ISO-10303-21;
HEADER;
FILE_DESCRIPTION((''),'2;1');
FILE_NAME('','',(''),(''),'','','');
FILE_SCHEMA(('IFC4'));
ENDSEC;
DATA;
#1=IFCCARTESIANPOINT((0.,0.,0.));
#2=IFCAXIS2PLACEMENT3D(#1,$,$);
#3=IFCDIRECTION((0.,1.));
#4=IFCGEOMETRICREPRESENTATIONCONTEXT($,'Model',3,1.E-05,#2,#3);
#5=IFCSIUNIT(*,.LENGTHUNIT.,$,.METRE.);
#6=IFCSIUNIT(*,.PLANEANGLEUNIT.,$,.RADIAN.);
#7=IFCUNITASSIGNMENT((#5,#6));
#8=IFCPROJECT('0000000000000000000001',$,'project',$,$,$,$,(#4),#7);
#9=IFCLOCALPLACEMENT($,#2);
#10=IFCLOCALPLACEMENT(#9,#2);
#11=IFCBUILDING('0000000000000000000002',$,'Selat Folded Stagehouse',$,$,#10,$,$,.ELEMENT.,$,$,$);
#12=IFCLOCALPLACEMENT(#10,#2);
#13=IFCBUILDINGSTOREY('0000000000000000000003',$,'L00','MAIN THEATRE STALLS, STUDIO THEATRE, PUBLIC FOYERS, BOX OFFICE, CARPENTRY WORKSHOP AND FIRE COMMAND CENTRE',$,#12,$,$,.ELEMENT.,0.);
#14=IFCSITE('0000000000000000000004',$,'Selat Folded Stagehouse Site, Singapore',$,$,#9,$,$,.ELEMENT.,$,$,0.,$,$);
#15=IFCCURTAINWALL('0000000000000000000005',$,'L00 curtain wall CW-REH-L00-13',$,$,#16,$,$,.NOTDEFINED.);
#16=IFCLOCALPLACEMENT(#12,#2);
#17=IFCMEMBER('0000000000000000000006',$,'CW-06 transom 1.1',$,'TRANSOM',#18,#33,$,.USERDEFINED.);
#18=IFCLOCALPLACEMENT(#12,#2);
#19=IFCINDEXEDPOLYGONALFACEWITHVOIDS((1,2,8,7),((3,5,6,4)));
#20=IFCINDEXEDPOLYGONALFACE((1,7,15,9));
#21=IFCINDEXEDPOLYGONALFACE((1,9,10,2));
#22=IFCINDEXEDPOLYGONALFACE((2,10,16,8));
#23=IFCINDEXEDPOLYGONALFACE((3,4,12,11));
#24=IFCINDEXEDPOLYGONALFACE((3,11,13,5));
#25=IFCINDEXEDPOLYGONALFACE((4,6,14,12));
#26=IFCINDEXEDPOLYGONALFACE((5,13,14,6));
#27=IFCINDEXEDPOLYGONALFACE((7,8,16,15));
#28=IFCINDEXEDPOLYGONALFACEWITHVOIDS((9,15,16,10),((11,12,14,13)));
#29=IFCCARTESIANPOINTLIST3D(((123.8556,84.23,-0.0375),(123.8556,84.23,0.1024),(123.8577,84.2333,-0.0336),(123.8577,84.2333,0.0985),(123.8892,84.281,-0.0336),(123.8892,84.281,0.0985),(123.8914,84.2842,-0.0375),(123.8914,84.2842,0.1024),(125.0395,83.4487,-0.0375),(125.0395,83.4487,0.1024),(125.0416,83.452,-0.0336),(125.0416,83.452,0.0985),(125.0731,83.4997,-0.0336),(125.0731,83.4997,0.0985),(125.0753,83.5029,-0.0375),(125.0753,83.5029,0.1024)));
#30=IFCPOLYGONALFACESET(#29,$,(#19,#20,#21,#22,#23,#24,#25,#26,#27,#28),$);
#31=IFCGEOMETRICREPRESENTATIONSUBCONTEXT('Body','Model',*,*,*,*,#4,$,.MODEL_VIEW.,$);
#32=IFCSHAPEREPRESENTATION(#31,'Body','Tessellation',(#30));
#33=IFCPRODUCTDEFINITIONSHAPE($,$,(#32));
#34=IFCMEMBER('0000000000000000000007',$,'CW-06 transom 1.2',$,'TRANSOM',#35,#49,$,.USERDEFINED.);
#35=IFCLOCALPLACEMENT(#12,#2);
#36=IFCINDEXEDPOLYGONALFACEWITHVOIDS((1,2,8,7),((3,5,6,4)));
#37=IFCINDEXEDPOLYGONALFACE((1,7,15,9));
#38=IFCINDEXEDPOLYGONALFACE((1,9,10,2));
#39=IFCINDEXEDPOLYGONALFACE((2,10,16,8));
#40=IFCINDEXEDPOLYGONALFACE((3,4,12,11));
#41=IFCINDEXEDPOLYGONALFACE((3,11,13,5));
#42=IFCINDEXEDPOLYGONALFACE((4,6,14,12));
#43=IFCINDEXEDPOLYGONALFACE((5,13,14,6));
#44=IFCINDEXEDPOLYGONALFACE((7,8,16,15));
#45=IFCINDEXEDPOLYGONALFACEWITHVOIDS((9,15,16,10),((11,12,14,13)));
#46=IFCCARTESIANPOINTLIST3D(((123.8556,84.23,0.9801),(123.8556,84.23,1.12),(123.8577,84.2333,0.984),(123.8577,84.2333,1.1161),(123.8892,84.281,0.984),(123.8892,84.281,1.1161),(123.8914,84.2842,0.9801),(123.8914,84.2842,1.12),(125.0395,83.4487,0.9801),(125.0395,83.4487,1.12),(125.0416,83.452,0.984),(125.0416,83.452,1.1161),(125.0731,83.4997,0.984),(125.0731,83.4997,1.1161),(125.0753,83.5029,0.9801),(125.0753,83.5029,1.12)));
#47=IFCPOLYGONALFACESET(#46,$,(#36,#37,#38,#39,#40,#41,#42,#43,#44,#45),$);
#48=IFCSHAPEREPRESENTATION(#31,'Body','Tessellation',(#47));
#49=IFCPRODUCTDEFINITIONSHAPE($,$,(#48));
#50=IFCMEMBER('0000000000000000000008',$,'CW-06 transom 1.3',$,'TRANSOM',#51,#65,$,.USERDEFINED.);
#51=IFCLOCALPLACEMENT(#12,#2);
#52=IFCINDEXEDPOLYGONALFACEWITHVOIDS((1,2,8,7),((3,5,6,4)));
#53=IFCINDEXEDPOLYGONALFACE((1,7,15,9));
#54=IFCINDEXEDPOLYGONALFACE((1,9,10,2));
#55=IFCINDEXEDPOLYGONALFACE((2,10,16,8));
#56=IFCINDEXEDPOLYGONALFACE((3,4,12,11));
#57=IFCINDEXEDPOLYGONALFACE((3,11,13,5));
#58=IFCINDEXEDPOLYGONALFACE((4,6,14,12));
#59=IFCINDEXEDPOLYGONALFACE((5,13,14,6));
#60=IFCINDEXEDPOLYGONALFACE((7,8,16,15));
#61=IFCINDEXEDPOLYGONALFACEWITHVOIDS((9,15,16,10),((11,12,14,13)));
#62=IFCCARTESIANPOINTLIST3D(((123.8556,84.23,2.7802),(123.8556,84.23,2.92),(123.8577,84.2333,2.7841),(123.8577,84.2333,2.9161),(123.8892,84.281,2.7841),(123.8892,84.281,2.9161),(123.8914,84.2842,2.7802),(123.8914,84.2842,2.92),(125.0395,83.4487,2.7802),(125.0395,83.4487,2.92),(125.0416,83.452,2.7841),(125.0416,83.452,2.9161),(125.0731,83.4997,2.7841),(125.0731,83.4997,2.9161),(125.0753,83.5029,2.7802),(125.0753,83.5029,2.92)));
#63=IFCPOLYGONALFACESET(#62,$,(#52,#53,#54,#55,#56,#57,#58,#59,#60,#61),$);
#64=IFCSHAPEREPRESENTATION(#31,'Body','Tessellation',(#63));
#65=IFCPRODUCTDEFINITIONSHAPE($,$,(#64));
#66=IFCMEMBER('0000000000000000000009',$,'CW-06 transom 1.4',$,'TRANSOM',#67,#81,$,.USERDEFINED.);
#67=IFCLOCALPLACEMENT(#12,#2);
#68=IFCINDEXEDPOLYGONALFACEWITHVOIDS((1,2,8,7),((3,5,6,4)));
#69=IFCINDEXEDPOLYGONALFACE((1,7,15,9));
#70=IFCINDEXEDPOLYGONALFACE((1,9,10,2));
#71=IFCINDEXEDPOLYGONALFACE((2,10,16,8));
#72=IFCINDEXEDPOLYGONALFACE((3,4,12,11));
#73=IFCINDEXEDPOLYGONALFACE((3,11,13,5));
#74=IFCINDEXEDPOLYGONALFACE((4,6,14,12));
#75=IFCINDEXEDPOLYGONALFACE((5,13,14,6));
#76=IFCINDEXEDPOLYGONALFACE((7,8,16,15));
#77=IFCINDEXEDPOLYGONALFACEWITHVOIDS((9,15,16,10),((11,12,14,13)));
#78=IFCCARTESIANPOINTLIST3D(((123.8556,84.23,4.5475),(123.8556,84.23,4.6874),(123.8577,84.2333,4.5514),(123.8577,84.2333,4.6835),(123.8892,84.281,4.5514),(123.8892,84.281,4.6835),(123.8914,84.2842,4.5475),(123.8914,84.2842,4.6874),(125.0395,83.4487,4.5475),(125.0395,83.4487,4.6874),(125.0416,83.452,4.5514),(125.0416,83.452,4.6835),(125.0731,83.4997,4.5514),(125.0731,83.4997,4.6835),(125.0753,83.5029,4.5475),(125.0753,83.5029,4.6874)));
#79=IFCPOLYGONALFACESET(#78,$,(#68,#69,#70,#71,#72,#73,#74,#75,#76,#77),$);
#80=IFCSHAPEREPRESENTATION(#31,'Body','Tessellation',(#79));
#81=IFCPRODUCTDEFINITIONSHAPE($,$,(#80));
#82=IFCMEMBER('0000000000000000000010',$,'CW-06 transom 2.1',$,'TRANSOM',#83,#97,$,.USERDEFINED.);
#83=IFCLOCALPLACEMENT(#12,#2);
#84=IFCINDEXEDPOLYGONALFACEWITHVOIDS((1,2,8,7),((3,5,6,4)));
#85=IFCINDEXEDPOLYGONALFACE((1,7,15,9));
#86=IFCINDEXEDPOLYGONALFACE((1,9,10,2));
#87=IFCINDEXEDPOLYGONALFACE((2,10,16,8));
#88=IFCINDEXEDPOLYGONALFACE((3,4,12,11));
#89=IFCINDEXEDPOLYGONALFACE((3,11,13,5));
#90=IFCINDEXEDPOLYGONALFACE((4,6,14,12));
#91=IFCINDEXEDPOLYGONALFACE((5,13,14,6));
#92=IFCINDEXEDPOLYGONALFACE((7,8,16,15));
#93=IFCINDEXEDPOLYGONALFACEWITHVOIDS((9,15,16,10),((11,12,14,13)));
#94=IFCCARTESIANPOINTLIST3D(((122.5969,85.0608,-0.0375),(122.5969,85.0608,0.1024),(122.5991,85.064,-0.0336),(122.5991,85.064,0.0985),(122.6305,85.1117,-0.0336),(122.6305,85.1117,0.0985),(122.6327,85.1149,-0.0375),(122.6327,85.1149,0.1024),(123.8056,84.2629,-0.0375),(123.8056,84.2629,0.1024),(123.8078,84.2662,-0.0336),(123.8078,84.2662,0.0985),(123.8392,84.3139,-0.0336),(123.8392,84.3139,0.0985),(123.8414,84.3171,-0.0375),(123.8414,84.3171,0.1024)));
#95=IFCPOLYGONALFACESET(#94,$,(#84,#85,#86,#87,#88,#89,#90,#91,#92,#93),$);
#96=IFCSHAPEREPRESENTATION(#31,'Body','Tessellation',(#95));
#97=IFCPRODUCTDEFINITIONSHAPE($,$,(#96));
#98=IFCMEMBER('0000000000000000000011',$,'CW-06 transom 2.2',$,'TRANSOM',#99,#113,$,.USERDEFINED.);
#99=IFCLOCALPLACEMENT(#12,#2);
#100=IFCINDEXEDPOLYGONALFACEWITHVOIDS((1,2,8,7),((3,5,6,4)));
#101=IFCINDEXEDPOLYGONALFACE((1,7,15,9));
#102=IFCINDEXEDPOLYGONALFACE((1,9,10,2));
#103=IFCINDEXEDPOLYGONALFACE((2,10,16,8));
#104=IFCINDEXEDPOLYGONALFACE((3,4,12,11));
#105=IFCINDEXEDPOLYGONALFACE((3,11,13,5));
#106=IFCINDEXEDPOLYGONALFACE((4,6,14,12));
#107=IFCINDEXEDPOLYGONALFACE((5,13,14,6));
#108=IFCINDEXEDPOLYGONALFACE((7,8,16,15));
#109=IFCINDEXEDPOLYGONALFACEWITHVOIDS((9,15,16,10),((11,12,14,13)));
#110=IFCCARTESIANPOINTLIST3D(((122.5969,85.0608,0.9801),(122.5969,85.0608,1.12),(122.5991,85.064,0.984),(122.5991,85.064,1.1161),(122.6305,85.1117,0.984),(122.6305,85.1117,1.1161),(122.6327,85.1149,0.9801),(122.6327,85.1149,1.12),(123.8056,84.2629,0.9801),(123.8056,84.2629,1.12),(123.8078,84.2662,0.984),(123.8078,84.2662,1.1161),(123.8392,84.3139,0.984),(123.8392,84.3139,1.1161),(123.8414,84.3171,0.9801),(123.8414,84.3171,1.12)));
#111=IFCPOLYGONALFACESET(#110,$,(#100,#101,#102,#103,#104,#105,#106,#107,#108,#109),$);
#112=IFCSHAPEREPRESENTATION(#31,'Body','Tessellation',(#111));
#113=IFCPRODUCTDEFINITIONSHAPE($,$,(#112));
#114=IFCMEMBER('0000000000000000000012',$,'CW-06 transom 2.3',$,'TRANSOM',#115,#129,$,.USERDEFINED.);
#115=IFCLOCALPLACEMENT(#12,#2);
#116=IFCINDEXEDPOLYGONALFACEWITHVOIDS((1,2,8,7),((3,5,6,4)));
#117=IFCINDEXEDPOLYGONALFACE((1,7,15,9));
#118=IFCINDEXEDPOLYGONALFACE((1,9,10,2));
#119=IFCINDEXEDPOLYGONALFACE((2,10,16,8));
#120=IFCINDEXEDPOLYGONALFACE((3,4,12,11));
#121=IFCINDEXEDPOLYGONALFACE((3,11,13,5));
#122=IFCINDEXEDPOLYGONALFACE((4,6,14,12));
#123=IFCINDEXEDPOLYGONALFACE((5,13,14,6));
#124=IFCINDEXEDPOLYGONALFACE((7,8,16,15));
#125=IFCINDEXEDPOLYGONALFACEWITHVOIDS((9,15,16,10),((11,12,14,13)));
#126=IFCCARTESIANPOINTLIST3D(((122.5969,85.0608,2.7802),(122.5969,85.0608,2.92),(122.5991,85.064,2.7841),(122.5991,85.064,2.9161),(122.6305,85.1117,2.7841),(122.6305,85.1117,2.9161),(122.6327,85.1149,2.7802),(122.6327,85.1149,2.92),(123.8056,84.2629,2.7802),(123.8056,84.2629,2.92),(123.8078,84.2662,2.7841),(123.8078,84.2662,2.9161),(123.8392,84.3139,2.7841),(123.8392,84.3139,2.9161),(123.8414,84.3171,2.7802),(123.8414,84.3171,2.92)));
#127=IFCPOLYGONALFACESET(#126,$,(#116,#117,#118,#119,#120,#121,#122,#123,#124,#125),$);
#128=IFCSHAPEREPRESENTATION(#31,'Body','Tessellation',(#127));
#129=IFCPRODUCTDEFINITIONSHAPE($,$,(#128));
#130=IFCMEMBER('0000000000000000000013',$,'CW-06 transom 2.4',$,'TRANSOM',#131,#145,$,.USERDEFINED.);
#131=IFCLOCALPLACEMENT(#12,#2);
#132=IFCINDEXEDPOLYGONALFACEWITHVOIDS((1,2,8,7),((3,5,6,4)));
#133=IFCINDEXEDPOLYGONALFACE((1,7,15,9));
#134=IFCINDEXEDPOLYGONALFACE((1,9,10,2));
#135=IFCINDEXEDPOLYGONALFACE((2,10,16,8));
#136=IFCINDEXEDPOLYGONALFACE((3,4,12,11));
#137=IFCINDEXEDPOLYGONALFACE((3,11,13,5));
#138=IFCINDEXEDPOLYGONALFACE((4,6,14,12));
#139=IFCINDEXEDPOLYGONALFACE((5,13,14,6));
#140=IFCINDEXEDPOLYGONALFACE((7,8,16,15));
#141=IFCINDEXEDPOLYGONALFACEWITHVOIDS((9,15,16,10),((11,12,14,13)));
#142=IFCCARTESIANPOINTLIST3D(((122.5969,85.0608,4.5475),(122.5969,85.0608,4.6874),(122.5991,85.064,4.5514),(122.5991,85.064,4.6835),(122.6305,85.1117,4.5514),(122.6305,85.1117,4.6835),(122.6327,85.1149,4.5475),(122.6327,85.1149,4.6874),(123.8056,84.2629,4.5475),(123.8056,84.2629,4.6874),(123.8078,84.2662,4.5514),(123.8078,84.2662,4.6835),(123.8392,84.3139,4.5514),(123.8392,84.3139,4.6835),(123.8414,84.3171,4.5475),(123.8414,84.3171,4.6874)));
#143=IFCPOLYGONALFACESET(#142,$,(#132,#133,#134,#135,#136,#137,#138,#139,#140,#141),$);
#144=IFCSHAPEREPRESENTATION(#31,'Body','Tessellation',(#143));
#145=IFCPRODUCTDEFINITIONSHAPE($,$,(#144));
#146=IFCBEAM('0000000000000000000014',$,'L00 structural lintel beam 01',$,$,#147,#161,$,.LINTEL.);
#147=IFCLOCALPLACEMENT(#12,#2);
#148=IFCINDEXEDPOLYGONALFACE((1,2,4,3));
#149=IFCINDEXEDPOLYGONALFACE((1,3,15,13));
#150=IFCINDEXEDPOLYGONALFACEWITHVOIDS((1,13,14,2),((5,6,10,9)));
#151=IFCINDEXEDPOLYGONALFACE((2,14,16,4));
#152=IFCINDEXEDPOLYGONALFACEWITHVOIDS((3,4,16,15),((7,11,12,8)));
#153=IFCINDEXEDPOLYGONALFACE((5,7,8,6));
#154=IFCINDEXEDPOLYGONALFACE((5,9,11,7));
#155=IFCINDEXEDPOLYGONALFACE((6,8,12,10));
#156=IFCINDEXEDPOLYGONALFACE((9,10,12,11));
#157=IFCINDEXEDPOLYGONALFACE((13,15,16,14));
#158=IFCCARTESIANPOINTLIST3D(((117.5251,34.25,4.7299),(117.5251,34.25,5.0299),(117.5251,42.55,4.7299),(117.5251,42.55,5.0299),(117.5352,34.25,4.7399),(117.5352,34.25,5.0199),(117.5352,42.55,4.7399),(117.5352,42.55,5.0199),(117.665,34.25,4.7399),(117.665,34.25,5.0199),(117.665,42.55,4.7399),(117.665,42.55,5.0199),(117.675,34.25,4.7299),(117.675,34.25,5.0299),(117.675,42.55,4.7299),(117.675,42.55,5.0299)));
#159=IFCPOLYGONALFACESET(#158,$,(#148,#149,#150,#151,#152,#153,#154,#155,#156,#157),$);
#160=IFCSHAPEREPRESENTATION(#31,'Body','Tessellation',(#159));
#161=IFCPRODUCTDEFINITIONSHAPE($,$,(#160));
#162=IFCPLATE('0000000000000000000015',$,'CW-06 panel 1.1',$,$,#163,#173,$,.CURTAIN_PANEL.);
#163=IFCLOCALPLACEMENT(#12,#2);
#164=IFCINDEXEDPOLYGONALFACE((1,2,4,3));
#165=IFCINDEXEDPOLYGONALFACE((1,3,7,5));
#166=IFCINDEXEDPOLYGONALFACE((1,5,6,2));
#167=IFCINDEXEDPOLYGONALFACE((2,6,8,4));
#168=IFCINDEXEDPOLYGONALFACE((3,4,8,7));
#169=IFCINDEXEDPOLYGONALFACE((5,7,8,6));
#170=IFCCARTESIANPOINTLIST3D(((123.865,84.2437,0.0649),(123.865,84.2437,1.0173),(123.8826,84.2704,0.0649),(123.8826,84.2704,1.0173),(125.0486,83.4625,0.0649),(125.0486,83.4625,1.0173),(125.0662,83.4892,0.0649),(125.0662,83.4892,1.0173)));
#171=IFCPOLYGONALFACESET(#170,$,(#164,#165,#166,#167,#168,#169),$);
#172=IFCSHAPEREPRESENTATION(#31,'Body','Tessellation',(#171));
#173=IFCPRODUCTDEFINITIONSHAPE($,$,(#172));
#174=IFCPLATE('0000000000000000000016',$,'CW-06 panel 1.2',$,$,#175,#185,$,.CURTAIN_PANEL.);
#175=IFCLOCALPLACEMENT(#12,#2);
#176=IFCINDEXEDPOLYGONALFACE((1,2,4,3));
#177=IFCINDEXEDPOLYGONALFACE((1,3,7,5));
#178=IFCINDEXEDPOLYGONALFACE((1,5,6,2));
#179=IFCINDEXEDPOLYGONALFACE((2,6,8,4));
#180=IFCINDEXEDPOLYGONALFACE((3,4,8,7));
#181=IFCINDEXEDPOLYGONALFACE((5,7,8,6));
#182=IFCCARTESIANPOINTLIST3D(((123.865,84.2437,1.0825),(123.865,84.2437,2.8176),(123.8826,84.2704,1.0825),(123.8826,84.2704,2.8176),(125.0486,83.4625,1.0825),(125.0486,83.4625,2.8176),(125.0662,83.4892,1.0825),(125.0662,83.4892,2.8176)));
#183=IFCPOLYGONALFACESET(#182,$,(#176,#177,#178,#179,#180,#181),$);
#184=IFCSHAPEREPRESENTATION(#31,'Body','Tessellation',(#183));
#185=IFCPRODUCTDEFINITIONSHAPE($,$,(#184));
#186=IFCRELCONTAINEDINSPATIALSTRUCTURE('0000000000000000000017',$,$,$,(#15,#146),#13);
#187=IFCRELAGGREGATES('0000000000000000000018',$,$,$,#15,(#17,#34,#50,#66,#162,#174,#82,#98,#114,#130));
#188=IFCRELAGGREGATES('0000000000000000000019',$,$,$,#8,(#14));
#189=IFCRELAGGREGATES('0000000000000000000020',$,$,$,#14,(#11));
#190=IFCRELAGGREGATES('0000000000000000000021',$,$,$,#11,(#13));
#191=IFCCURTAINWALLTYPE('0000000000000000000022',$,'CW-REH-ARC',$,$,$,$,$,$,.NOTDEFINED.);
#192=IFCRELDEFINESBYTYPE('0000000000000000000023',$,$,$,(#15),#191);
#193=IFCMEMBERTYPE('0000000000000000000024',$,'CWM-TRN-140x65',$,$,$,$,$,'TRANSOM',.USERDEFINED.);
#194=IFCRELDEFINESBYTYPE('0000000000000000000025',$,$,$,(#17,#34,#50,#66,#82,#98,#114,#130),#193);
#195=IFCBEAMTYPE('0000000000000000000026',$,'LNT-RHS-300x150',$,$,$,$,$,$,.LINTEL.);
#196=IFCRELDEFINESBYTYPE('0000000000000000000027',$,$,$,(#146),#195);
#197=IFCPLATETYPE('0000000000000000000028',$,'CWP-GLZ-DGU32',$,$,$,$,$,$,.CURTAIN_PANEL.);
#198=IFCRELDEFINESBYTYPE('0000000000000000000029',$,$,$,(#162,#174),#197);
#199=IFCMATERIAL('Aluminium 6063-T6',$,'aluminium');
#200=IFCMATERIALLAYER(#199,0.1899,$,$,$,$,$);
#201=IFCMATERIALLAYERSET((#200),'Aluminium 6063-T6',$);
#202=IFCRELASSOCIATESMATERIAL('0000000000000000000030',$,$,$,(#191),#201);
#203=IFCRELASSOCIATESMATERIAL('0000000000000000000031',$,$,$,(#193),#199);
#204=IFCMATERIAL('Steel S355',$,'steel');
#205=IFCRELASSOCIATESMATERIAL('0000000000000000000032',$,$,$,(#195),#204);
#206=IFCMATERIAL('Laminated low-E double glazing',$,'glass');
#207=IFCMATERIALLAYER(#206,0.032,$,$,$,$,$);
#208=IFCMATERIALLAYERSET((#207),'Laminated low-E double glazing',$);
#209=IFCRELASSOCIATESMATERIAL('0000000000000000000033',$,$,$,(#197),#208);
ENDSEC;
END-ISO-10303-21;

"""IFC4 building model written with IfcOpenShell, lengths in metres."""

from ifc_helpers import new_model, si_unit, direction, frame, origin, origin_2d, place, context, subcontext, project, spatial, rectangle, hollow_rectangle, extrude, material, layer, layer_set, material_profile, profile_set, type_object, element, aggregate, save


model = new_model("IFC4")

# Units and contexts
model_context = context("Model", 3, precision=1e-05, world=origin(), true_north=direction((0.0, 1.0)))
body_context = subcontext(model_context, "Body", "Model", "MODEL_VIEW")
ifc_project = project(units=[si_unit("LENGTHUNIT", "METRE"), si_unit("PLANEANGLEUNIT", "RADIAN")], contexts=[model_context])

# Site, building, storey
site_placement = place(None, origin())
site = spatial("IfcSite", under=ifc_project, at=site_placement, Name="Selat Folded Stagehouse Site, Singapore", CompositionType="ELEMENT", RefElevation=0.0)
building_placement = place(site_placement, origin())
building = spatial("IfcBuilding", under=site, at=building_placement, Name="Selat Folded Stagehouse", CompositionType="ELEMENT")
storey_placement = place(building_placement, origin())
storey = spatial("IfcBuildingStorey", under=building, at=storey_placement, Name="L00", Description="MAIN THEATRE STALLS, STUDIO THEATRE, PUBLIC FOYERS, BOX OFFICE, CARPENTRY WORKSHOP AND FIRE COMMAND CENTRE", CompositionType="ELEMENT", Elevation=0.0)

# Shared definitions
ifc_material_1 = material(Name="Steel S355", Category="steel")

# Curtain wall, members
ifc_material_2 = material(Name="Aluminium 6063-T6", Category="aluminium")
ifc_layer_1 = layer(ifc_material_2, 0.1899)
ifc_layer_set_1 = layer_set([ifc_layer_1], Name="Aluminium 6063-T6")
curtain_wall_type = type_object("IfcCurtainWallType", Name="CW-REH-ARC", PredefinedType="NOTDEFINED", material=ifc_layer_set_1)
curtain_wall_placement = place(storey_placement, origin())
curtain_wall = element("IfcCurtainWall", 1, at=curtain_wall_placement, inside=storey, type_object=curtain_wall_type, Name="L00 curtain wall CW-REH-L00-13", PredefinedType="NOTDEFINED")
ifc_material_profile_1 = material_profile(ifc_material_2, hollow_rectangle(XDim=0.0649, YDim=0.1399, WallThickness=0.0039, at=origin_2d()), Name="ALU 140x65x4.0")
ifc_profile_set_1 = profile_set([ifc_material_profile_1], Name="Aluminium 6063-T6")
member_type_1 = type_object("IfcMemberType", Name="CWM-TRN-140x65", ElementType="TRANSOM", PredefinedType="USERDEFINED", material=ifc_profile_set_1)
member_1_placement = place(storey_placement, frame((125.0574, 83.4758, 0.0325), z_axis=(-0.834636, 0.550801, 0.0), x_axis=(-0.550801, -0.834636, 0.0)))
member_1 = element("IfcMember", 2, at=member_1_placement, type_object=member_type_1, Name="CW-06 transom 1.1", ObjectType="TRANSOM", PredefinedType="USERDEFINED", context=body_context, shape_type="SweptSolid", body=[
    extrude(hollow_rectangle(XDim=0.0649, YDim=0.1399, WallThickness=0.0039, at=origin_2d()), origin(), (0.0, 0.0, 1.0), 1.4185),
])
member_2_placement = place(storey_placement, frame((125.0574, 83.4758, 1.05), z_axis=(-0.834636, 0.550801, 0.0), x_axis=(-0.550801, -0.834636, 0.0)))
member_2 = element("IfcMember", 3, at=member_2_placement, type_object=member_type_1, Name="CW-06 transom 1.2", ObjectType="TRANSOM", PredefinedType="USERDEFINED", context=body_context, shape_type="SweptSolid", body=[
    extrude(hollow_rectangle(XDim=0.0649, YDim=0.1399, WallThickness=0.0039, at=origin_2d()), origin(), (0.0, 0.0, 1.0), 1.4185),
])
member_3_placement = place(storey_placement, frame((125.0574, 83.4758, 2.8501), z_axis=(-0.834636, 0.550801, 0.0), x_axis=(-0.550801, -0.834636, 0.0)))
member_3 = element("IfcMember", 4, at=member_3_placement, type_object=member_type_1, Name="CW-06 transom 1.3", ObjectType="TRANSOM", PredefinedType="USERDEFINED", context=body_context, shape_type="SweptSolid", body=[
    extrude(hollow_rectangle(XDim=0.0649, YDim=0.1399, WallThickness=0.0039, at=origin_2d()), origin(), (0.0, 0.0, 1.0), 1.4185),
])
member_4_placement = place(storey_placement, frame((125.0574, 83.4758, 4.6174), z_axis=(-0.834636, 0.550801, 0.0), x_axis=(-0.550801, -0.834636, 0.0)))
member_4 = element("IfcMember", 5, at=member_4_placement, type_object=member_type_1, Name="CW-06 transom 1.4", ObjectType="TRANSOM", PredefinedType="USERDEFINED", context=body_context, shape_type="SweptSolid", body=[
    extrude(hollow_rectangle(XDim=0.0649, YDim=0.1399, WallThickness=0.0039, at=origin_2d()), origin(), (0.0, 0.0, 1.0), 1.4185),
])
member_5_placement = place(storey_placement, frame((123.8235, 84.29, 0.0325), z_axis=(-0.834583, 0.550882, 0.0), x_axis=(-0.550882, -0.834583, 0.0)))
member_5 = element("IfcMember", 6, at=member_5_placement, type_object=member_type_1, Name="CW-06 transom 2.1", ObjectType="TRANSOM", PredefinedType="USERDEFINED", context=body_context, shape_type="SweptSolid", body=[
    extrude(hollow_rectangle(XDim=0.0649, YDim=0.1399, WallThickness=0.0039, at=origin_2d()), origin(), (0.0, 0.0, 1.0), 1.4482),
])
member_6_placement = place(storey_placement, frame((123.8235, 84.29, 1.05), z_axis=(-0.834583, 0.550882, 0.0), x_axis=(-0.550882, -0.834583, 0.0)))
member_6 = element("IfcMember", 7, at=member_6_placement, type_object=member_type_1, Name="CW-06 transom 2.2", ObjectType="TRANSOM", PredefinedType="USERDEFINED", context=body_context, shape_type="SweptSolid", body=[
    extrude(hollow_rectangle(XDim=0.0649, YDim=0.1399, WallThickness=0.0039, at=origin_2d()), origin(), (0.0, 0.0, 1.0), 1.4482),
])
member_7_placement = place(storey_placement, frame((123.8235, 84.29, 2.8501), z_axis=(-0.834583, 0.550882, 0.0), x_axis=(-0.550882, -0.834583, 0.0)))
member_7 = element("IfcMember", 8, at=member_7_placement, type_object=member_type_1, Name="CW-06 transom 2.3", ObjectType="TRANSOM", PredefinedType="USERDEFINED", context=body_context, shape_type="SweptSolid", body=[
    extrude(hollow_rectangle(XDim=0.0649, YDim=0.1399, WallThickness=0.0039, at=origin_2d()), origin(), (0.0, 0.0, 1.0), 1.4482),
])
member_8_placement = place(storey_placement, frame((123.8235, 84.29, 4.6174), z_axis=(-0.834583, 0.550882, 0.0), x_axis=(-0.550882, -0.834583, 0.0)))
member_8 = element("IfcMember", 9, at=member_8_placement, type_object=member_type_1, Name="CW-06 transom 2.4", ObjectType="TRANSOM", PredefinedType="USERDEFINED", context=body_context, shape_type="SweptSolid", body=[
    extrude(hollow_rectangle(XDim=0.0649, YDim=0.1399, WallThickness=0.0039, at=origin_2d()), origin(), (0.0, 0.0, 1.0), 1.4482),
])

# Beam
ifc_material_profile_2 = material_profile(ifc_material_1, hollow_rectangle(XDim=0.1499, YDim=0.3, WallThickness=0.01, at=origin_2d()), Name="RHS 300x150x10.0")
ifc_profile_set_2 = profile_set([ifc_material_profile_2], Name="Steel S355")
beam_type = type_object("IfcBeamType", Name="LNT-RHS-300x150", PredefinedType="LINTEL", material=ifc_profile_set_2)
beam_placement = place(storey_placement, frame((117.6001, 34.25, 4.8799), z_axis=(0.0, 1.0, 0.0), x_axis=(-1.0, 0.0, 0.0)))
element("IfcBeam", 10, at=beam_placement, inside=storey, type_object=beam_type, Name="L00 structural lintel beam 01", PredefinedType="LINTEL", context=body_context, shape_type="SweptSolid", body=[
    extrude(hollow_rectangle(XDim=0.1499, YDim=0.3, WallThickness=0.01, at=origin_2d()), origin(), (0.0, 0.0, 1.0), 8.3),
])

# Plates
ifc_material_3 = material(Name="Laminated low-E double glazing", Category="glass")
ifc_layer_2 = layer(ifc_material_3, 0.032)
ifc_layer_set_2 = layer_set([ifc_layer_2], Name="Laminated low-E double glazing")
plate_type = type_object("IfcPlateType", Name="CWP-GLZ-DGU32", PredefinedType="CURTAIN_PANEL", material=ifc_layer_set_2)
plate_1_placement = place(storey_placement, frame((124.4656, 83.8665, 0.0649), z_axis=(0.0, 0.0, 1.0), x_axis=(-0.834581, 0.550885, 0.0)))
plate_1 = element("IfcPlate", 11, at=plate_1_placement, type_object=plate_type, Name="CW-06 panel 1.1", PredefinedType="CURTAIN_PANEL", context=body_context, shape_type="SweptSolid", body=[
    extrude(rectangle(XDim=1.4182, YDim=0.032, at=origin_2d()), origin(), (0.0, 0.0, 1.0), 0.9524),
])
plate_2_placement = place(storey_placement, frame((124.4656, 83.8665, 1.0825), z_axis=(0.0, 0.0, 1.0), x_axis=(-0.834581, 0.550885, 0.0)))
plate_2 = element("IfcPlate", 12, at=plate_2_placement, type_object=plate_type, Name="CW-06 panel 1.2", PredefinedType="CURTAIN_PANEL", context=body_context, shape_type="SweptSolid", body=[
    extrude(rectangle(XDim=1.4182, YDim=0.032, at=origin_2d()), origin(), (0.0, 0.0, 1.0), 1.7351),
])
aggregate(curtain_wall, [member_1, member_2, member_3, member_4, plate_1, plate_2, member_5, member_6, member_7, member_8])

save(model, "model.ifc")
